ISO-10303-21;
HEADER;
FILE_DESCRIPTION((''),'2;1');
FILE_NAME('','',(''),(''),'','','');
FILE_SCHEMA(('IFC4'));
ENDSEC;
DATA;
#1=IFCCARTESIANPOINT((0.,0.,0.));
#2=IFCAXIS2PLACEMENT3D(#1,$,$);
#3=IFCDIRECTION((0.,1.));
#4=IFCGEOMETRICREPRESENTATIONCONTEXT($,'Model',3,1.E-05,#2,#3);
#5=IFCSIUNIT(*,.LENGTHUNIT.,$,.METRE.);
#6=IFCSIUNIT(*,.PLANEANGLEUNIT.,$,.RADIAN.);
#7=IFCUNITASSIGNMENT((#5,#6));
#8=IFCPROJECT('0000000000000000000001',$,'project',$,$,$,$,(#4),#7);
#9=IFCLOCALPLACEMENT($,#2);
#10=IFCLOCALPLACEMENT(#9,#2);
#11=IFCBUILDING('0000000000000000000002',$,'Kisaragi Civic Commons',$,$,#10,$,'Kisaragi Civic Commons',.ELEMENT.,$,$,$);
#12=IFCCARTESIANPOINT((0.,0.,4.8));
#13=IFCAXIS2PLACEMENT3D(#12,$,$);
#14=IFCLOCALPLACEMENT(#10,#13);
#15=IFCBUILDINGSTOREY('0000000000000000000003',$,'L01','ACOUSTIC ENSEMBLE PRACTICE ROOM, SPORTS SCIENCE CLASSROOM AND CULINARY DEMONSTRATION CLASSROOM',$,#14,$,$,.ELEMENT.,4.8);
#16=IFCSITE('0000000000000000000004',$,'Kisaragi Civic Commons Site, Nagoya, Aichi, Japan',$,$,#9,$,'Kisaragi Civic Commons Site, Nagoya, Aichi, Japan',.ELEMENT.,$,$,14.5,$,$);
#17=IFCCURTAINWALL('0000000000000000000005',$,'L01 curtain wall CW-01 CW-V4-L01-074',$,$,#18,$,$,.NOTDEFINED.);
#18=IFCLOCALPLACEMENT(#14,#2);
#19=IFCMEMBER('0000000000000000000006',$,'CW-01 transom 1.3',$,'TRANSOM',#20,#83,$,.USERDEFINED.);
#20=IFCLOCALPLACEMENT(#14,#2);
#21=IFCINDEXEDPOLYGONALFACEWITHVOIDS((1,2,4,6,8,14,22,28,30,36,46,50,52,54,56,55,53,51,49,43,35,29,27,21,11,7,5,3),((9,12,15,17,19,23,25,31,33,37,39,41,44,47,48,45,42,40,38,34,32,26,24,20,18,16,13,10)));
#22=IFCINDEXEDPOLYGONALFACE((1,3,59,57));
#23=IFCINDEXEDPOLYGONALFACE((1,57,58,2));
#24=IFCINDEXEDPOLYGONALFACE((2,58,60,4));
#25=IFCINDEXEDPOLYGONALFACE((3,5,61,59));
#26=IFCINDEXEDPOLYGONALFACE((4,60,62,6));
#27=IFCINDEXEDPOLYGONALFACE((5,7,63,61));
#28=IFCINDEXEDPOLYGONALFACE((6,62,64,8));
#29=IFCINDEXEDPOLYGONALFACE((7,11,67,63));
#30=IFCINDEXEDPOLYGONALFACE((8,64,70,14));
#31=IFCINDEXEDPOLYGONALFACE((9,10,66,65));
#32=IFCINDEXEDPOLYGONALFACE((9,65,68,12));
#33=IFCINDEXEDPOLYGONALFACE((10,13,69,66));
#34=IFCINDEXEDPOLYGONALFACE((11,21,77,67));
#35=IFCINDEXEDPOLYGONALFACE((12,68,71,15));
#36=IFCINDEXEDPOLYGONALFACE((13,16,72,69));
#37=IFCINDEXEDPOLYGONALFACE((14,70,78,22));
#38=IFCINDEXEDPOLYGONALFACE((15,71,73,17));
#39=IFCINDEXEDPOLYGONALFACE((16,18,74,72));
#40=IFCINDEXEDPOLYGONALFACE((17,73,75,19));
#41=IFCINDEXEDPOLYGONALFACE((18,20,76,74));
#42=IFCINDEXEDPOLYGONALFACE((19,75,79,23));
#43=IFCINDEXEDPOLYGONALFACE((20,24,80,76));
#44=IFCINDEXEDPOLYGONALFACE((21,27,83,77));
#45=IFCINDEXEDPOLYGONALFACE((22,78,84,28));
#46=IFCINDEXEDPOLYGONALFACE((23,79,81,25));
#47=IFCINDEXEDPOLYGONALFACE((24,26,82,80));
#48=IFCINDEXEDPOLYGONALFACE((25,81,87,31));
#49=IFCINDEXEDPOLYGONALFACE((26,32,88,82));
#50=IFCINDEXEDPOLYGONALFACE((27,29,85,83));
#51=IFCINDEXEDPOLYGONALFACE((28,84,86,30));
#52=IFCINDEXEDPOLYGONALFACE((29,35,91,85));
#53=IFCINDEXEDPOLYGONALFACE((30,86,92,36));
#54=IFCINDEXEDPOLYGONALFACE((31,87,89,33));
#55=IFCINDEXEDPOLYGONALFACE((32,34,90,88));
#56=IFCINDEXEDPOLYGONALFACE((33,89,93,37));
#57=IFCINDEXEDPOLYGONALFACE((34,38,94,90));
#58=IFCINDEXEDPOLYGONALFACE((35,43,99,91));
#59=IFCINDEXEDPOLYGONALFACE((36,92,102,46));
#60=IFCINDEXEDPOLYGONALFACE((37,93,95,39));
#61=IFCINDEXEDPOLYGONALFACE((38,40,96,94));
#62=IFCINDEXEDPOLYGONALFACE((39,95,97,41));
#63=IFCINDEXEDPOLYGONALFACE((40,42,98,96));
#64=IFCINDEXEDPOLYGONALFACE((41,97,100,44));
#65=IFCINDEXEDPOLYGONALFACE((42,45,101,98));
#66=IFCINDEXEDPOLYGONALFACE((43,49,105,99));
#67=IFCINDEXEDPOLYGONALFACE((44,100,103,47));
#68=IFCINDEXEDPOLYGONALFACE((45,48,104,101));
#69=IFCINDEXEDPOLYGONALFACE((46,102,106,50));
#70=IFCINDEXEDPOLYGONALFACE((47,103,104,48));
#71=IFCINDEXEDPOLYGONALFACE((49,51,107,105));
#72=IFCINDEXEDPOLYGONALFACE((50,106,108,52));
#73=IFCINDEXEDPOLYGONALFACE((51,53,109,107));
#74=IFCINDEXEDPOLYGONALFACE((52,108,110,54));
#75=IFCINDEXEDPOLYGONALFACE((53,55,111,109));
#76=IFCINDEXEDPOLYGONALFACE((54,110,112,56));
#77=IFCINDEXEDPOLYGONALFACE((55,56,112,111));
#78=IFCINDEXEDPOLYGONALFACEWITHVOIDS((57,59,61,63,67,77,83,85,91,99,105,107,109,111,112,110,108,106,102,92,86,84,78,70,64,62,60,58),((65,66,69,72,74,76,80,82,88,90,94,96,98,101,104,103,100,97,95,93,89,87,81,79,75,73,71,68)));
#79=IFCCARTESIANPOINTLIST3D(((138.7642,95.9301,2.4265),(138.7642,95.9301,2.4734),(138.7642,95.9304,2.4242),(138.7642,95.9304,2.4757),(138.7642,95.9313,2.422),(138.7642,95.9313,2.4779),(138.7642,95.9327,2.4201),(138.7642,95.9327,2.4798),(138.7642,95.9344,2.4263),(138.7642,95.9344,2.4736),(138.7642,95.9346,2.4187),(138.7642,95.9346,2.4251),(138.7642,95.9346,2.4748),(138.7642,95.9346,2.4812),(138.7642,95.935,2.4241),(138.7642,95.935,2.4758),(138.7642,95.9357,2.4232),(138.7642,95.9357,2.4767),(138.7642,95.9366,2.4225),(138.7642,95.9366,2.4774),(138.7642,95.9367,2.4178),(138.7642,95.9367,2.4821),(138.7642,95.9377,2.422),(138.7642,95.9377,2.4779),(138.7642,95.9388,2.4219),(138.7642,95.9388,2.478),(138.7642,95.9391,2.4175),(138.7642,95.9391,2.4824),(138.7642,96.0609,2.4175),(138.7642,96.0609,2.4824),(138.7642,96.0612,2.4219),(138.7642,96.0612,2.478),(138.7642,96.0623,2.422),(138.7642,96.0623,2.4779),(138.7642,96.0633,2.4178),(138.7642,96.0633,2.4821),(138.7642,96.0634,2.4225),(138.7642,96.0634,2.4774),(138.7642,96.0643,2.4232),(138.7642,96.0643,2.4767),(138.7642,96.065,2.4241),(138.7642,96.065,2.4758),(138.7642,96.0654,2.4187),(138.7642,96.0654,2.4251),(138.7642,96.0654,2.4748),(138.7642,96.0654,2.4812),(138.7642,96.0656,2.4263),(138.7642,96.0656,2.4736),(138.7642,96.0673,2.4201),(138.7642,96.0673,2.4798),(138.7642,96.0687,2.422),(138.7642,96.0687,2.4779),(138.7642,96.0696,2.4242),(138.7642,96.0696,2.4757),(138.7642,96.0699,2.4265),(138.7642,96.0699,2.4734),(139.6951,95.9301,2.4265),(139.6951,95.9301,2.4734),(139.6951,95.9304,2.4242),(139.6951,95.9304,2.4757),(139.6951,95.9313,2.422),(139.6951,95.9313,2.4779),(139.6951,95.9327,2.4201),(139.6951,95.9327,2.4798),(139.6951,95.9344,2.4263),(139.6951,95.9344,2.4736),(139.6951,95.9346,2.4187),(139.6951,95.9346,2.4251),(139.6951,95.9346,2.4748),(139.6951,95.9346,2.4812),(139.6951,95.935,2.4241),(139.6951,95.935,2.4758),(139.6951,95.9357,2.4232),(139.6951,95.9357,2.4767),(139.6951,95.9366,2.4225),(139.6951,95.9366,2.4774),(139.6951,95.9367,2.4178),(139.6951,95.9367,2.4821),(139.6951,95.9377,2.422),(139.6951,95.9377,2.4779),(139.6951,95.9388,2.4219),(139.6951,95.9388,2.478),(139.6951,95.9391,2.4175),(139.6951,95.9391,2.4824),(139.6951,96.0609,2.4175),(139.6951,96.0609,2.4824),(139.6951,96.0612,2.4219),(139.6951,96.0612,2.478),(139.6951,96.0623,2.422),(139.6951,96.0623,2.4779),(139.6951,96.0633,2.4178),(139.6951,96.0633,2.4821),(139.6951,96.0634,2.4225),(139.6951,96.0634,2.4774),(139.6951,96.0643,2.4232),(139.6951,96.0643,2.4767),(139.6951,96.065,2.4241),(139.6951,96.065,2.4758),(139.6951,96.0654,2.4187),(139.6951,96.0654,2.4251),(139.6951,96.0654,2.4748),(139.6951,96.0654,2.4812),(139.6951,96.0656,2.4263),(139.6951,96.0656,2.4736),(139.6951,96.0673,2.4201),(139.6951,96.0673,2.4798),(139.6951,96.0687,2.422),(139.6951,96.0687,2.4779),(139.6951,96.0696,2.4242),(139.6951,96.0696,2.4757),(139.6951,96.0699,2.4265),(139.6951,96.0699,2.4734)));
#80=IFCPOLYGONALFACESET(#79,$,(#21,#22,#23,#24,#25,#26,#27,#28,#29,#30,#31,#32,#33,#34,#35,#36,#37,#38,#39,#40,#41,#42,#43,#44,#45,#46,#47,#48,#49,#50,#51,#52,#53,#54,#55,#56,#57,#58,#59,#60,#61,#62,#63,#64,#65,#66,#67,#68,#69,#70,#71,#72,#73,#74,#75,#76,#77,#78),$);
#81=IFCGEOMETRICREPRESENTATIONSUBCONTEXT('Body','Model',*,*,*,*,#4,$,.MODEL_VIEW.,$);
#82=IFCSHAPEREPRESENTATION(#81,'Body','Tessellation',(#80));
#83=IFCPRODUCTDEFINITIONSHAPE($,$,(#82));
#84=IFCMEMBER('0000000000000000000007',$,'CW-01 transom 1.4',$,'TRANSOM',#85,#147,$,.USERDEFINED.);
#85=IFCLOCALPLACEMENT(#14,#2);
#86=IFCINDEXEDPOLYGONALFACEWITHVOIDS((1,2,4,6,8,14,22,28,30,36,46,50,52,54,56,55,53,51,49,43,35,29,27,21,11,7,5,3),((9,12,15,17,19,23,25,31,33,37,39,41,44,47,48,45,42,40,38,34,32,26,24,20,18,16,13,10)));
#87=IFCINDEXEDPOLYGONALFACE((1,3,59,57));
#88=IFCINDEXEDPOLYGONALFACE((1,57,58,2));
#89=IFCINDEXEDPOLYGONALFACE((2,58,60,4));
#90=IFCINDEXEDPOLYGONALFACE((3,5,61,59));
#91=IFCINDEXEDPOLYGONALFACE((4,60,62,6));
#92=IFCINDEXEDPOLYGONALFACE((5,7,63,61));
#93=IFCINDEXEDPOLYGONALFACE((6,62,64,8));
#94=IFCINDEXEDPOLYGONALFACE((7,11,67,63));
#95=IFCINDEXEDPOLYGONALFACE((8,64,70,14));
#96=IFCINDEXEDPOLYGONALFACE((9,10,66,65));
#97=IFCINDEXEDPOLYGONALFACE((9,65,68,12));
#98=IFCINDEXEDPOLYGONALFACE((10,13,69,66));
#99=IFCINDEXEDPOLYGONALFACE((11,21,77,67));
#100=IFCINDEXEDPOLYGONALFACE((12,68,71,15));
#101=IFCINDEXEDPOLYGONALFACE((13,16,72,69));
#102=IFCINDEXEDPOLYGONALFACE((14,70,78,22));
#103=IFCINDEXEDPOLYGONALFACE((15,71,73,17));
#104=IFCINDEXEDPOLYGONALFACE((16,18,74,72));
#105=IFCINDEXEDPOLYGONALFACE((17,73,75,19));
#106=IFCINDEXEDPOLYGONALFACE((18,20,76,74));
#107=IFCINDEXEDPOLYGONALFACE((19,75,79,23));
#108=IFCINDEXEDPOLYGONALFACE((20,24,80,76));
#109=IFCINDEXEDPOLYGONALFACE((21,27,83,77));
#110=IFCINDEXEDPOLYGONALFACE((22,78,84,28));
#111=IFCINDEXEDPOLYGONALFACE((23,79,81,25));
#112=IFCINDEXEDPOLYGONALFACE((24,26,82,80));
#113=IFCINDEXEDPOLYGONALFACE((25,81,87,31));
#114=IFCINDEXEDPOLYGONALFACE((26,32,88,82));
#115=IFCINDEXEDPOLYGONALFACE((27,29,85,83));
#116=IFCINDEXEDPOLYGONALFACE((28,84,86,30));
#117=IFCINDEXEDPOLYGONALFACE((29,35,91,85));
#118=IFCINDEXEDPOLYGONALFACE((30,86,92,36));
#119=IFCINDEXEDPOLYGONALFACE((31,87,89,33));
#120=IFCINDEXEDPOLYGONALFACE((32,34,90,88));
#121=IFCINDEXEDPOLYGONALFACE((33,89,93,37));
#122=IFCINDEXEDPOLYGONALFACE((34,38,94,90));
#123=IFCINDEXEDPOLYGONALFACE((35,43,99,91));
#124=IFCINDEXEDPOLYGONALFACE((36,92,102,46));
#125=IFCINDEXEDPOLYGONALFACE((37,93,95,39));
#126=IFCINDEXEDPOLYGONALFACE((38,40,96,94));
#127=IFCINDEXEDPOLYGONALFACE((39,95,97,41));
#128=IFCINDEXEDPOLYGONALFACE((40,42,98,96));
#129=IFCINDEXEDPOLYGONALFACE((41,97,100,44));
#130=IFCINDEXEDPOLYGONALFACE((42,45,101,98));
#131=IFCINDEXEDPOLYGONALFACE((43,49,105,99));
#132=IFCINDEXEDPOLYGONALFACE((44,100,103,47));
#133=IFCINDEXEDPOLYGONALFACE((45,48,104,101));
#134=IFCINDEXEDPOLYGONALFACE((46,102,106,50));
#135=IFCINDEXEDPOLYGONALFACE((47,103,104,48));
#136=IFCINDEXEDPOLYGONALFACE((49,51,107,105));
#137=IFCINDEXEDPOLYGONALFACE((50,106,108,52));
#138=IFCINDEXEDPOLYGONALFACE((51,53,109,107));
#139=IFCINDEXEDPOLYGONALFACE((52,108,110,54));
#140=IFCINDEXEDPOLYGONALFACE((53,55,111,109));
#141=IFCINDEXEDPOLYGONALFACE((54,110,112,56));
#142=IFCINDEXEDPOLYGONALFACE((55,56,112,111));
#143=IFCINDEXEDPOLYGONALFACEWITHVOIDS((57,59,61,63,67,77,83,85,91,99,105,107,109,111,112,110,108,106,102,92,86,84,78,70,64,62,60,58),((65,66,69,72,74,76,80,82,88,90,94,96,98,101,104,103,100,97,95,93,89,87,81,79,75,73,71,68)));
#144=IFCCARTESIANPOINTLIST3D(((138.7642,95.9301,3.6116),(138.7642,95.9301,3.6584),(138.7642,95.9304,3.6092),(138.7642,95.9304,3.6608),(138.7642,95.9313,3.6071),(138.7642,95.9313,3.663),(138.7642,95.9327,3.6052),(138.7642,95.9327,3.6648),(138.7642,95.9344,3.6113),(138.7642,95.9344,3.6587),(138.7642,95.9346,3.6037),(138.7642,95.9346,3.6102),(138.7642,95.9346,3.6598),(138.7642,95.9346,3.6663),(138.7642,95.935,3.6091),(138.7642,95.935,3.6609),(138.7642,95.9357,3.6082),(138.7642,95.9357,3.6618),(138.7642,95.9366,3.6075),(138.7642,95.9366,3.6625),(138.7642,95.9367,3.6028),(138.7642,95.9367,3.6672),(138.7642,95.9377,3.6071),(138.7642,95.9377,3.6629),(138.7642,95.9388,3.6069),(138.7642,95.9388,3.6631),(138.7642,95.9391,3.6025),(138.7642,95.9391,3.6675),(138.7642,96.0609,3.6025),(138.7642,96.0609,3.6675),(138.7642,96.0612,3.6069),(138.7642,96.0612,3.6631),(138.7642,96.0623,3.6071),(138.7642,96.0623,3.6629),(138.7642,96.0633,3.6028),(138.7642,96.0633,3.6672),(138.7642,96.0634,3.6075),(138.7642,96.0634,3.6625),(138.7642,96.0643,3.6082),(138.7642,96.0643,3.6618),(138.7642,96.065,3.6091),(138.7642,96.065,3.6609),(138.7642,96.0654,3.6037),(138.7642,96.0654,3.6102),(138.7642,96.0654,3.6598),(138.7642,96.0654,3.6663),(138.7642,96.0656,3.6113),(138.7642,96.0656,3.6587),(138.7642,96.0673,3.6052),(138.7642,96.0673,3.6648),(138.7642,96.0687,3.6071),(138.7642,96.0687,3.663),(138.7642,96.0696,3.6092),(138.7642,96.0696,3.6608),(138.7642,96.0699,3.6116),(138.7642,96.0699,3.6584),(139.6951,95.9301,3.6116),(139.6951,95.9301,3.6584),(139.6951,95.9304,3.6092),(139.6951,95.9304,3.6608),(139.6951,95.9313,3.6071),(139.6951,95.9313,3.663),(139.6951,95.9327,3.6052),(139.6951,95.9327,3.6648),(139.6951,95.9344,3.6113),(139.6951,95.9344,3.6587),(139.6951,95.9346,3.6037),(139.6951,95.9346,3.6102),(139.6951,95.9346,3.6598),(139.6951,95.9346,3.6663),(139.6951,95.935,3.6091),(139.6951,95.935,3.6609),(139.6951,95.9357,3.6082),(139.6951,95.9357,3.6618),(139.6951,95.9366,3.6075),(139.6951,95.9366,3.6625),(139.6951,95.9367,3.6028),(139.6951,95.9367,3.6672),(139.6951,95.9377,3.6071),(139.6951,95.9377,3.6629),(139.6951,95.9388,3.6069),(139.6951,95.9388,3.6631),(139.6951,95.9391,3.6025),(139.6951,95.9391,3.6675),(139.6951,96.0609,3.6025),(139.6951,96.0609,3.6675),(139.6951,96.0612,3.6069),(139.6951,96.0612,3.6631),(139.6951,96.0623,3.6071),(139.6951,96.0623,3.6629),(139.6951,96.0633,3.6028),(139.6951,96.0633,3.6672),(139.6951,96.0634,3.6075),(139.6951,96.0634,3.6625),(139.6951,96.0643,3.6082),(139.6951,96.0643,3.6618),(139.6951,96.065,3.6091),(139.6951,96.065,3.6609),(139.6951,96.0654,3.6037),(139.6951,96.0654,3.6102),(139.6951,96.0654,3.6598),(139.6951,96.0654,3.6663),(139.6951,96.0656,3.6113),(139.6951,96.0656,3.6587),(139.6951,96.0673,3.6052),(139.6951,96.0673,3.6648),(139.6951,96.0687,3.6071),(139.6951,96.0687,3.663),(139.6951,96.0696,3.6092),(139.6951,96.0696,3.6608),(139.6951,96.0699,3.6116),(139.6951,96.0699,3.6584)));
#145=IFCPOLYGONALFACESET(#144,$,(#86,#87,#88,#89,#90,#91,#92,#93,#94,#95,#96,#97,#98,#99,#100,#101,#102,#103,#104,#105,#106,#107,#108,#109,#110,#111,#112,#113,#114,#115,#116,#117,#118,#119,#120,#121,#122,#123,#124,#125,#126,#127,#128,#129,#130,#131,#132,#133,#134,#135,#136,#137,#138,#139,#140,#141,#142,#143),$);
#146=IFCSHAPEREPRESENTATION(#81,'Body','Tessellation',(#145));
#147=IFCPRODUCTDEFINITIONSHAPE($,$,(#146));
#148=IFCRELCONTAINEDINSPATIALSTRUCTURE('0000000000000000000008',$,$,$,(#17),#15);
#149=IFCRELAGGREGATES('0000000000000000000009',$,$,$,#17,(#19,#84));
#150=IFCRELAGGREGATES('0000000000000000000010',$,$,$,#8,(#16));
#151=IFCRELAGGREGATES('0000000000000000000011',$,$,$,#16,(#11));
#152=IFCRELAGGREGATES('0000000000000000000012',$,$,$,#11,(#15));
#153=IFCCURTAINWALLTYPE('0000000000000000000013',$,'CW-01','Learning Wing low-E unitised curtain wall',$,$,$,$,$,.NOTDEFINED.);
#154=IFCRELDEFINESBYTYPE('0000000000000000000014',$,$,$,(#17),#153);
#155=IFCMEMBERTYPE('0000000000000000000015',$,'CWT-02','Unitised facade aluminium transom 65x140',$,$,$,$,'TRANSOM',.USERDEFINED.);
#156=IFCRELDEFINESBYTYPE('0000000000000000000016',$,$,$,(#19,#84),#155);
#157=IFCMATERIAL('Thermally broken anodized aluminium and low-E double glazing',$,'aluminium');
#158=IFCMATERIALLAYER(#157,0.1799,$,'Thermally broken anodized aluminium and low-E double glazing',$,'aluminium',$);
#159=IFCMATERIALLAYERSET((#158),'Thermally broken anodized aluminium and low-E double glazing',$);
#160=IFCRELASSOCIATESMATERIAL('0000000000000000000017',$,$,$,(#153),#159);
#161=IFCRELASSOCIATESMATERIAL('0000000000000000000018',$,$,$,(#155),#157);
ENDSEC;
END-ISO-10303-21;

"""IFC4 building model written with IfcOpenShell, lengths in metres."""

from ifc_helpers import new_model, si_unit, direction, frame, origin, origin_2d, place, context, subcontext, project, spatial, hollow_rectangle, extrude, material, layer, layer_set, material_profile, profile_set, type_object, element, aggregate, save


model = new_model("IFC4")

# Units and contexts
model_context = context("Model", 3, precision=1e-05, world=origin(), true_north=direction((0.0, 1.0)))
body_context = subcontext(model_context, "Body", "Model", "MODEL_VIEW")
ifc_project = project(units=[si_unit("LENGTHUNIT", "METRE"), si_unit("PLANEANGLEUNIT", "RADIAN")], contexts=[model_context])

# Site, building, storey
site_placement = place(None, origin())
site = spatial("IfcSite", under=ifc_project, at=site_placement, Name="Kisaragi Civic Commons Site, Nagoya, Aichi, Japan", LongName="Kisaragi Civic Commons Site, Nagoya, Aichi, Japan", CompositionType="ELEMENT", RefElevation=14.5)
building_placement = place(site_placement, origin())
building = spatial("IfcBuilding", under=site, at=building_placement, Name="Kisaragi Civic Commons", LongName="Kisaragi Civic Commons", CompositionType="ELEMENT")
storey_placement = place(building_placement, frame((0.0, 0.0, 4.8)))
storey = spatial("IfcBuildingStorey", under=building, at=storey_placement, Name="L01", Description="ACOUSTIC ENSEMBLE PRACTICE ROOM, SPORTS SCIENCE CLASSROOM AND CULINARY DEMONSTRATION CLASSROOM", CompositionType="ELEMENT", Elevation=4.8)

# Curtain wall
ifc_material = material(Name="Thermally broken anodized aluminium and low-E double glazing", Category="aluminium")
ifc_layer_1 = layer(ifc_material, 0.1799, Name="Thermally broken anodized aluminium and low-E double glazing", Category="aluminium")
ifc_layer_set_1 = layer_set([ifc_layer_1], Name="Thermally broken anodized aluminium and low-E double glazing")
curtain_wall_type = type_object("IfcCurtainWallType", Name="CW-01", Description="Learning Wing low-E unitised curtain wall", PredefinedType="NOTDEFINED", material=ifc_layer_set_1)
curtain_wall_1_placement = place(storey_placement, origin())
curtain_wall_1 = element("IfcCurtainWall", 1, at=curtain_wall_1_placement, inside=storey, type_object=curtain_wall_type, Name="L01 curtain wall CW-01 CW-V4-L01-074", PredefinedType="NOTDEFINED")

# Members
ifc_material_profile_1 = material_profile(ifc_material, hollow_rectangle(XDim=0.1399, YDim=0.0649, WallThickness=0.0044, InnerFilletRadius=0.0044, OuterFilletRadius=0.009, at=origin_2d()), Name="CWT-65x140x4.5", Category="aluminium")
ifc_profile_set_1 = profile_set([ifc_material_profile_1], Name="Thermally broken anodized aluminium and low-E double glazing")
member_type_1 = type_object("IfcMemberType", Name="CWT-02", Description="Unitised facade aluminium transom 65x140", ElementType="TRANSOM", PredefinedType="USERDEFINED", material=ifc_profile_set_1)
member_1_placement = place(storey_placement, frame((139.6951, 96.0, 2.45), z_axis=(-1.0, 0.0, 0.0), x_axis=(0.0, -1.0, 0.0)))
member_1 = element("IfcMember", 2, at=member_1_placement, type_object=member_type_1, Name="CW-01 transom 1.3", ObjectType="TRANSOM", PredefinedType="USERDEFINED", context=body_context, shape_type="SweptSolid", body=[
    extrude(hollow_rectangle(XDim=0.1399, YDim=0.0649, WallThickness=0.0044, InnerFilletRadius=0.0044, OuterFilletRadius=0.009, at=origin_2d()), origin(), (0.0, 0.0, 1.0), 0.9309),
])
member_2_placement = place(storey_placement, frame((139.6951, 96.0, 3.635), z_axis=(-1.0, 0.0, 0.0), x_axis=(0.0, -1.0, 0.0)))
member_2 = element("IfcMember", 3, at=member_2_placement, type_object=member_type_1, Name="CW-01 transom 1.4", ObjectType="TRANSOM", PredefinedType="USERDEFINED", context=body_context, shape_type="SweptSolid", body=[
    extrude(hollow_rectangle(XDim=0.1399, YDim=0.0649, WallThickness=0.0044, InnerFilletRadius=0.0044, OuterFilletRadius=0.009, at=origin_2d()), origin(), (0.0, 0.0, 1.0), 0.9309),
])

aggregate(curtain_wall_1, [member_1, member_2])

save(model, "model.ifc")
